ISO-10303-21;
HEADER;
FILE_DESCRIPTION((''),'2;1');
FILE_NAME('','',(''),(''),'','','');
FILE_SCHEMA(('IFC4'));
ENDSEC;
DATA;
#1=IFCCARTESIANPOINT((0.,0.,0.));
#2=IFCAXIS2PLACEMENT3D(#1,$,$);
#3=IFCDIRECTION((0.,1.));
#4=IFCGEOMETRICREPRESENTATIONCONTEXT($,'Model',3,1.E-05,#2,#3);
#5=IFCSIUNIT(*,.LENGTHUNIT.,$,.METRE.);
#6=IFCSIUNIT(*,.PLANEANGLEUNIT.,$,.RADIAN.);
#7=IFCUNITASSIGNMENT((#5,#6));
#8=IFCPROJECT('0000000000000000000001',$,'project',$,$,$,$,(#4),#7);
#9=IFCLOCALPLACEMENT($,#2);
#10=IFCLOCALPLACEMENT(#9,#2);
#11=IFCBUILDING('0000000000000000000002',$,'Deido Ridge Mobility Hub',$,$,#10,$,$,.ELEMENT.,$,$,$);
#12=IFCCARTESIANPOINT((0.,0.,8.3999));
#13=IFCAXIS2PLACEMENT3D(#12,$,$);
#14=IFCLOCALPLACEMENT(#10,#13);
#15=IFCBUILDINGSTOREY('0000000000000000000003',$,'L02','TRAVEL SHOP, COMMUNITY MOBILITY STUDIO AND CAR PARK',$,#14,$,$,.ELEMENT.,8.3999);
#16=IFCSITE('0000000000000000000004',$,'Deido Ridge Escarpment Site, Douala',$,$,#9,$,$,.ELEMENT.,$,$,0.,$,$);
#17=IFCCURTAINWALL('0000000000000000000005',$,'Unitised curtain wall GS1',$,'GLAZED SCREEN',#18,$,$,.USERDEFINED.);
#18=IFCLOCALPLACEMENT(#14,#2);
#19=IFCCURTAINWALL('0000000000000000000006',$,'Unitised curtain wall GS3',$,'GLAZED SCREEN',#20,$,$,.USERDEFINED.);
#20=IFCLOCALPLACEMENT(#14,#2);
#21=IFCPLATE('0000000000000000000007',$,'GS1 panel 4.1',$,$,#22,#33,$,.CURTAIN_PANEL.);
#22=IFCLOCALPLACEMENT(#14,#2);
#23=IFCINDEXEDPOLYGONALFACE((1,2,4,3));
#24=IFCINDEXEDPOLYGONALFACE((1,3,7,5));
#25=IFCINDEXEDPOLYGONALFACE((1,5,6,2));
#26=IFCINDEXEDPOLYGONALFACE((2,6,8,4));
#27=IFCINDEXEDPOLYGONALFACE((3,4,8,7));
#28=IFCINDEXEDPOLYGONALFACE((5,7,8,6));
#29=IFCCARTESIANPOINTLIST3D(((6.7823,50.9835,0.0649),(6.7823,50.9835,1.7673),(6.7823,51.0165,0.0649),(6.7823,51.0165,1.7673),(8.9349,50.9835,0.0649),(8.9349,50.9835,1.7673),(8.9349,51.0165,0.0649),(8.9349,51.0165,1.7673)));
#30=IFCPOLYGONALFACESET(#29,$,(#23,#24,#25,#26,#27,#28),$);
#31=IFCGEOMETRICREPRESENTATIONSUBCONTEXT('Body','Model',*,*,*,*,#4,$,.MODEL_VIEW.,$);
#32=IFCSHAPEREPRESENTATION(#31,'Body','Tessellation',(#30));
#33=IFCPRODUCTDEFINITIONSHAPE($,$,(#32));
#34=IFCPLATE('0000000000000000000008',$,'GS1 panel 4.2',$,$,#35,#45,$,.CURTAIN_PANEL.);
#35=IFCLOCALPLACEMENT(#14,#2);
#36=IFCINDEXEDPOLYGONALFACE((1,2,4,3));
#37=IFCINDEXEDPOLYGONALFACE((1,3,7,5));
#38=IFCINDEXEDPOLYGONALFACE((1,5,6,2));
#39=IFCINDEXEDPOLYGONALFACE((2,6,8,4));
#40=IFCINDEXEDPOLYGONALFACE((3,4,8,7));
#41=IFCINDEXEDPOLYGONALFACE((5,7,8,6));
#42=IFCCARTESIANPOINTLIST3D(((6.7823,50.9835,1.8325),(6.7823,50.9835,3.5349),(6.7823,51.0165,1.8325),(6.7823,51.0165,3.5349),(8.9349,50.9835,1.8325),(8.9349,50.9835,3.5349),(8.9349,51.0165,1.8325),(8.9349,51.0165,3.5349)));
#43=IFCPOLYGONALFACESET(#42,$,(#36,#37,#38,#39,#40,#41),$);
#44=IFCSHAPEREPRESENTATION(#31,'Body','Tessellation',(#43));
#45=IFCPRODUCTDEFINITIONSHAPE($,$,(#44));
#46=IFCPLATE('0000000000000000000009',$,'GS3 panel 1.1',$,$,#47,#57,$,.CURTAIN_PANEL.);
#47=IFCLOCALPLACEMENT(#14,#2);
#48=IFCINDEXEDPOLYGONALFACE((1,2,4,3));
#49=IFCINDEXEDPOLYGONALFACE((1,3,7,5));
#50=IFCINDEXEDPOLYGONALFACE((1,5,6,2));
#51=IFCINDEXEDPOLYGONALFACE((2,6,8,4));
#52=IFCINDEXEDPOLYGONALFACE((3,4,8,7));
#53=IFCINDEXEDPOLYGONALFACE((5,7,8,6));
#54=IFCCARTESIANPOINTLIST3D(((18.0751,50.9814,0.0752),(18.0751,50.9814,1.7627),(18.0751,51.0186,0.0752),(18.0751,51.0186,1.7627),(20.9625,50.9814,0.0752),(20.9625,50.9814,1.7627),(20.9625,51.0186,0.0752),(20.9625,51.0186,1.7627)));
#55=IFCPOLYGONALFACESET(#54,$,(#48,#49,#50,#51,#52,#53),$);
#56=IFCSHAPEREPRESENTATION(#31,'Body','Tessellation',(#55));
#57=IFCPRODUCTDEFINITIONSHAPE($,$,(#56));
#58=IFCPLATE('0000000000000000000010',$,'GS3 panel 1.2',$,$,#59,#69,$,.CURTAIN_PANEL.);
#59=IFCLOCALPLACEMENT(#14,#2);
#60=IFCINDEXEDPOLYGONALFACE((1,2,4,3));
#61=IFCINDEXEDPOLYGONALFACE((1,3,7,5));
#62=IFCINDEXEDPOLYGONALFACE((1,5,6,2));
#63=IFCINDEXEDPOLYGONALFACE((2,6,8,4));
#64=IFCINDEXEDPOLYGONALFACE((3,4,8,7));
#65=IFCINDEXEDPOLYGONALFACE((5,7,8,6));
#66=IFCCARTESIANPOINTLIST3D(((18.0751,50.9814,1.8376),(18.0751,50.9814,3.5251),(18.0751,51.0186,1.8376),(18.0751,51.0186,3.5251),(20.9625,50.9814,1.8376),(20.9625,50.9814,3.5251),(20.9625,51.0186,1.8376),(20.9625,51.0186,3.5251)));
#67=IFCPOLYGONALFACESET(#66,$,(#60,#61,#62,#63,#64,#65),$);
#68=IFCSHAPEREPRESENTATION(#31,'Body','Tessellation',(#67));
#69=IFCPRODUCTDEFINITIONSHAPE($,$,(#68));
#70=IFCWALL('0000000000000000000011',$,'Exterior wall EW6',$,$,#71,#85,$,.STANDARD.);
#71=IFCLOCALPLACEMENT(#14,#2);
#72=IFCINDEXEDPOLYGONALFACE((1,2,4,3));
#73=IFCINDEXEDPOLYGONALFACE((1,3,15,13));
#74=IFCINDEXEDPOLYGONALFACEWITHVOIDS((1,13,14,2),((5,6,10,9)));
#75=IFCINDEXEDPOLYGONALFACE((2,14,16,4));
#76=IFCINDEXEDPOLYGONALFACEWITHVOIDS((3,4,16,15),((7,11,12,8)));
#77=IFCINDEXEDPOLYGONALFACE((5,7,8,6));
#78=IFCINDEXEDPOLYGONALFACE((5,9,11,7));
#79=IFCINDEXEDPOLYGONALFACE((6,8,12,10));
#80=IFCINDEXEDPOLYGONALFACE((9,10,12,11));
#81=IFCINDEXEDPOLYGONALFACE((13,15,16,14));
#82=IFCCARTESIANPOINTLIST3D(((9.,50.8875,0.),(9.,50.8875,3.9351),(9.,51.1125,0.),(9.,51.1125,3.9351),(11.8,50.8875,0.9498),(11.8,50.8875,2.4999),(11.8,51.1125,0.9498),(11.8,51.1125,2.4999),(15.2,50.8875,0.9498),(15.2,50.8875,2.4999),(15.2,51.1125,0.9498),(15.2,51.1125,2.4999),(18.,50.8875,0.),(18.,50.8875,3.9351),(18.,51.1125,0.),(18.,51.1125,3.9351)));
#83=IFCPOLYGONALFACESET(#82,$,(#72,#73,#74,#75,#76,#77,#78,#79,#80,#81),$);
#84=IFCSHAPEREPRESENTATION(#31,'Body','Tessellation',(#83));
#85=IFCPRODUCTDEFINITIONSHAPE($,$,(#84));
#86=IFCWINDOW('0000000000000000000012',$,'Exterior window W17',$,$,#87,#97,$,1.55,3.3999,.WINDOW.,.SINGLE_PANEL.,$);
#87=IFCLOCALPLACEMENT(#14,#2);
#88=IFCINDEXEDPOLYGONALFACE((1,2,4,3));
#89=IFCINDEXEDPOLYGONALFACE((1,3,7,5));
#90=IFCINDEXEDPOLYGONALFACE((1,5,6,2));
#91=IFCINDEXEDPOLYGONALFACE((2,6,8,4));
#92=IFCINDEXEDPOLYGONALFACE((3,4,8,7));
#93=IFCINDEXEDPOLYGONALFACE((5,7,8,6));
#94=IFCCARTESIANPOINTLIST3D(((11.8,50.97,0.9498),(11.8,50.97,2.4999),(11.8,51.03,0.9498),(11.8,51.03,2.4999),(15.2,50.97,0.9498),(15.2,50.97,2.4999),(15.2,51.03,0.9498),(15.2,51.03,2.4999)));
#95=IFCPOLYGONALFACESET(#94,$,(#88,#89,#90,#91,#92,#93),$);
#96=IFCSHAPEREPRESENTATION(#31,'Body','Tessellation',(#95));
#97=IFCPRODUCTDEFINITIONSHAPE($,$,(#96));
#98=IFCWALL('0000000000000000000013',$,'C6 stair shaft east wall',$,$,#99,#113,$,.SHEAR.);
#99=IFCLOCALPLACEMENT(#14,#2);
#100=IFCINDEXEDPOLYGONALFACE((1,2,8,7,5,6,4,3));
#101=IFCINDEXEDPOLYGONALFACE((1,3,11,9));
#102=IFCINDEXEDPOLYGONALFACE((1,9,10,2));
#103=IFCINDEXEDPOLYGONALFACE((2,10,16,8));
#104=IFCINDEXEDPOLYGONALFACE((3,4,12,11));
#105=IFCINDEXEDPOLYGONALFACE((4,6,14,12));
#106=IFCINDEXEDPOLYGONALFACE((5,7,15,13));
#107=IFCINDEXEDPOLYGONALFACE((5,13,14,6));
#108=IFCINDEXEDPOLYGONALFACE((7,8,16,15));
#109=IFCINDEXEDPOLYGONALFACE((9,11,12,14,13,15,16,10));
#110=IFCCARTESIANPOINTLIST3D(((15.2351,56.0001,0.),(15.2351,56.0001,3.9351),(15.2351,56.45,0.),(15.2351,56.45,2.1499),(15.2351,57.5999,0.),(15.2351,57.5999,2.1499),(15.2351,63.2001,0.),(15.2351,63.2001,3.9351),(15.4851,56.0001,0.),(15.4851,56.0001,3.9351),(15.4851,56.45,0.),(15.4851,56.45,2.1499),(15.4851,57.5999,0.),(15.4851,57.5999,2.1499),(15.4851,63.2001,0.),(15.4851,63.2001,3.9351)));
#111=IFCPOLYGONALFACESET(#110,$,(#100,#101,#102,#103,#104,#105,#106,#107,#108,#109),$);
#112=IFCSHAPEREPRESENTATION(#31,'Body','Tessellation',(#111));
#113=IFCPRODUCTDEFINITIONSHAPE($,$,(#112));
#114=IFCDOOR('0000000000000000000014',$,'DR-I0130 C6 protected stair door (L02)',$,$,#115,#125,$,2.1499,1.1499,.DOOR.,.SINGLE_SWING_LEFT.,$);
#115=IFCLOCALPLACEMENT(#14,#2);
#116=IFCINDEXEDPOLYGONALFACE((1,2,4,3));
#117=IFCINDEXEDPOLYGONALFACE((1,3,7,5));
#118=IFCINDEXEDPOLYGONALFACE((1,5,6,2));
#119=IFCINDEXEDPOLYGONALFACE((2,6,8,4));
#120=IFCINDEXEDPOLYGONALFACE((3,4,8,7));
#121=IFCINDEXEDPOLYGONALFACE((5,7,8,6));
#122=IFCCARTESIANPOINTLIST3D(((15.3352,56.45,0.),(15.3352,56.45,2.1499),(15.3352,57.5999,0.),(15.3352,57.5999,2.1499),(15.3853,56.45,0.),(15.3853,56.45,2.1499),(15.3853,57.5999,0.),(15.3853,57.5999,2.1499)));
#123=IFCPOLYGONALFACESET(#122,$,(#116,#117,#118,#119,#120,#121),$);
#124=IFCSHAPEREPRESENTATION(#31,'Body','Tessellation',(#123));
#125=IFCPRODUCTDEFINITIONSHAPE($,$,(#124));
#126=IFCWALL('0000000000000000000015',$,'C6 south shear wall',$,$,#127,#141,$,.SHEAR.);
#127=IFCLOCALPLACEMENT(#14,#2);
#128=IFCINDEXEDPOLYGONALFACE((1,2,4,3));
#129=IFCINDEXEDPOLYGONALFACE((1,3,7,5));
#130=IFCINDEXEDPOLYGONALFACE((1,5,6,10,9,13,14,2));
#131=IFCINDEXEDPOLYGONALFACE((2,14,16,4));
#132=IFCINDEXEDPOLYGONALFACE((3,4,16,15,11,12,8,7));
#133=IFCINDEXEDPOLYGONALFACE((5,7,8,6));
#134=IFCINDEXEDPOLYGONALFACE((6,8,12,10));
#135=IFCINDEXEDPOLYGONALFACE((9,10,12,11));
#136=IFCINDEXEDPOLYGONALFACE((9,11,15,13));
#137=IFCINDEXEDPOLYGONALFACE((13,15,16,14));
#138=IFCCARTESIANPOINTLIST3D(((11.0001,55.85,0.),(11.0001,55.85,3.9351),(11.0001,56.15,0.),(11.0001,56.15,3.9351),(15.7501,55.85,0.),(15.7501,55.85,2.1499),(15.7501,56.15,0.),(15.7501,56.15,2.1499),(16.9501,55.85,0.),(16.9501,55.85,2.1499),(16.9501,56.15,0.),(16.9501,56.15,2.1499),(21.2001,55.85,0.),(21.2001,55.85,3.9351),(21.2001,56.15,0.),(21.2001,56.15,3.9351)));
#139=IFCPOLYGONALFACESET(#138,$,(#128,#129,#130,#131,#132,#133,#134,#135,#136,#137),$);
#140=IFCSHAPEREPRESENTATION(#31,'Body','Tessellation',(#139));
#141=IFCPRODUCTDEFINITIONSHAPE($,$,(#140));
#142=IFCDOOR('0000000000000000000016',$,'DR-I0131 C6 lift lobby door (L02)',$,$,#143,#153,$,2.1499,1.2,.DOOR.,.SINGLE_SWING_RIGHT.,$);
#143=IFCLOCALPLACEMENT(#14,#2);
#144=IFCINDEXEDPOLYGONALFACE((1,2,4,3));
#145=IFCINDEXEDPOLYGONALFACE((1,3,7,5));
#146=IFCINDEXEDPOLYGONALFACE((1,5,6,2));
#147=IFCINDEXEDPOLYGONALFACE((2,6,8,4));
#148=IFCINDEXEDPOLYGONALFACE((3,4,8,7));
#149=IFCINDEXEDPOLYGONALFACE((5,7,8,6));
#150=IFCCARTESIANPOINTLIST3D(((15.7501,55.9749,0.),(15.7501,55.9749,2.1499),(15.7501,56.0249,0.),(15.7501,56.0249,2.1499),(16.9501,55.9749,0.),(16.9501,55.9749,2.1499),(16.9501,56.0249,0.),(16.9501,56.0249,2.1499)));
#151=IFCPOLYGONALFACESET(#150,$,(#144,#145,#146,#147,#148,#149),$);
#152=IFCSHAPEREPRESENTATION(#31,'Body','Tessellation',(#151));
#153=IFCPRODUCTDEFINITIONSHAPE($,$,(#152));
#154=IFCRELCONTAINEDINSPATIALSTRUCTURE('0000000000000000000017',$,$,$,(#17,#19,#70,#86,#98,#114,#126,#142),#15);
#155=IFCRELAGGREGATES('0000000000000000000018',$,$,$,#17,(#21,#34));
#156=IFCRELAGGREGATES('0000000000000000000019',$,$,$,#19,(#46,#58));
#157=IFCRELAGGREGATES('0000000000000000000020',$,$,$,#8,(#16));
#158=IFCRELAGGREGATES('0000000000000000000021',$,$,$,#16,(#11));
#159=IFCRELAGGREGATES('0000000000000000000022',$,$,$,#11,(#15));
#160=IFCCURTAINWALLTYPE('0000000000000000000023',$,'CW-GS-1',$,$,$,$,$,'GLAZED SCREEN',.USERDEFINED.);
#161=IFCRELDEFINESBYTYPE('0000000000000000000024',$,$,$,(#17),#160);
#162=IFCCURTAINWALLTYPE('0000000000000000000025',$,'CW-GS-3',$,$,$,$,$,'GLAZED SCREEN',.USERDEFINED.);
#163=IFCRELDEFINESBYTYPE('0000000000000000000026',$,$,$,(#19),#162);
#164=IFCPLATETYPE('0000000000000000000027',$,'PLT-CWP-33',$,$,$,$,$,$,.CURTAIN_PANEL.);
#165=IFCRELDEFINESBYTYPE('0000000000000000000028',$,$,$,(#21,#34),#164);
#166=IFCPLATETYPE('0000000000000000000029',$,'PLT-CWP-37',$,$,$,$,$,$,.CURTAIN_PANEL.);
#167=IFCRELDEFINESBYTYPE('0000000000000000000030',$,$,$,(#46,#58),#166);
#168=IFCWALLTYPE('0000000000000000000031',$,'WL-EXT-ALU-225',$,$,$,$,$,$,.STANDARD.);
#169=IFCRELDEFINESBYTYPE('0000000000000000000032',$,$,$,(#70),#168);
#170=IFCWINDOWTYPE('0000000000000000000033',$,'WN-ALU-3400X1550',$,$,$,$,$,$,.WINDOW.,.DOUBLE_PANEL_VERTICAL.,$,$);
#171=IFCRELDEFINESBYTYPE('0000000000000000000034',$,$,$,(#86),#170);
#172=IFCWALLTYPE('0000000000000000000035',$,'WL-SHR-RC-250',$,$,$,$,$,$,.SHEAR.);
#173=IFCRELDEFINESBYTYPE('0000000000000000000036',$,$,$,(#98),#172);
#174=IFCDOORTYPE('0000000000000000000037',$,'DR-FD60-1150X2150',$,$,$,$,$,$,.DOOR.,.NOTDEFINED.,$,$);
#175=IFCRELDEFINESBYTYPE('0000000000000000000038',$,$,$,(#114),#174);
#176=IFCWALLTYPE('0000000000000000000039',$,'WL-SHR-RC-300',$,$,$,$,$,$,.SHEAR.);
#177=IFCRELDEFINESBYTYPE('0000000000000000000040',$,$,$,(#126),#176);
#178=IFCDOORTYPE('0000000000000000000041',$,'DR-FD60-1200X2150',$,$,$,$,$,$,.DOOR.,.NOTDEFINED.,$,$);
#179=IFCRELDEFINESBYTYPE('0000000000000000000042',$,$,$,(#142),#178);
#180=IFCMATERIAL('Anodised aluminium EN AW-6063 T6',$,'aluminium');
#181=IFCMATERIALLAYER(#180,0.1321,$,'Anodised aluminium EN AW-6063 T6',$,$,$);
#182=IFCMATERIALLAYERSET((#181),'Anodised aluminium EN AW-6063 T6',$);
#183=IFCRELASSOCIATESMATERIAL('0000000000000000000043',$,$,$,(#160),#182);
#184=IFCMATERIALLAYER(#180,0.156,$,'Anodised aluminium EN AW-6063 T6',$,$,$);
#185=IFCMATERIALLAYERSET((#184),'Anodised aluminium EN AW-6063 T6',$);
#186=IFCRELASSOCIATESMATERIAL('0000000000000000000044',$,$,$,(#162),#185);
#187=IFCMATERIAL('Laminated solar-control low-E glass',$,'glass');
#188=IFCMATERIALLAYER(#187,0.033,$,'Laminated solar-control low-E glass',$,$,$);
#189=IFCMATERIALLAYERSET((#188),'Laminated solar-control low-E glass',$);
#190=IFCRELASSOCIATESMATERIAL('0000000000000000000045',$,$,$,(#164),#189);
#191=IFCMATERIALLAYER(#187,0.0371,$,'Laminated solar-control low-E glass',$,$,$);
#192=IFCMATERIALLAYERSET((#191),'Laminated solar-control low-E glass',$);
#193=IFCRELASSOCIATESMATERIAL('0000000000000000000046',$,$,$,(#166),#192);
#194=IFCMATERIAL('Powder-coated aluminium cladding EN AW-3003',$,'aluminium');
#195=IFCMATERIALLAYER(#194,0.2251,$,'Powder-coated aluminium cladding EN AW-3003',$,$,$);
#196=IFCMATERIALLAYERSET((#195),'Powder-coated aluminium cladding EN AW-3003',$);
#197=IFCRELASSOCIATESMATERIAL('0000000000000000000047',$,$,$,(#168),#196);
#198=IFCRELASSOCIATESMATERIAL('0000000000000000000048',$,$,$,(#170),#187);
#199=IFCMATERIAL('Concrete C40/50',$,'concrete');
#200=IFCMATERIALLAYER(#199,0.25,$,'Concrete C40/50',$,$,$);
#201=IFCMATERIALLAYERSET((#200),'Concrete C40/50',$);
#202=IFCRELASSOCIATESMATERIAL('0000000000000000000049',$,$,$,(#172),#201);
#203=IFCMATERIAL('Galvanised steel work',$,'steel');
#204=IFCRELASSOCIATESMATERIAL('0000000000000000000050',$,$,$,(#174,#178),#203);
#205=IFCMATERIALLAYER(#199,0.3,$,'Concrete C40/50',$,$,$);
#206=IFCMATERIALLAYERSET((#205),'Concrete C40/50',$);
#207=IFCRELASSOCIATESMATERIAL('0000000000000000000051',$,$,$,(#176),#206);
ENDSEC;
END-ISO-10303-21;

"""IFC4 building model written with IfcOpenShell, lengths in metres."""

from ifc_helpers import new_model, si_unit, direction, frame, frame_2d, origin, origin_2d, place, context, subcontext, project, spatial, rectangle, extrude, material, layer, layer_set, type_object, element, fill, aggregate, save


model = new_model("IFC4")

# Units and contexts
model_context = context("Model", 3, precision=1e-05, world=origin(), true_north=direction((0.0, 1.0)))
body_context = subcontext(model_context, "Body", "Model", "MODEL_VIEW")
ifc_project = project(units=[si_unit("LENGTHUNIT", "METRE"), si_unit("PLANEANGLEUNIT", "RADIAN")], contexts=[model_context])

# Site, building, storey
site_placement = place(None, origin())
site = spatial("IfcSite", under=ifc_project, at=site_placement, Name="Deido Ridge Escarpment Site, Douala", CompositionType="ELEMENT", RefElevation=0.0)
building_placement = place(site_placement, origin())
building = spatial("IfcBuilding", under=site, at=building_placement, Name="Deido Ridge Mobility Hub", CompositionType="ELEMENT")
storey_placement = place(building_placement, frame((0.0, 0.0, 8.3999)))
storey = spatial("IfcBuildingStorey", under=building, at=storey_placement, Name="L02", Description="TRAVEL SHOP, COMMUNITY MOBILITY STUDIO AND CAR PARK", CompositionType="ELEMENT", Elevation=8.3999)

# Curtain walls
ifc_material_1 = material(Name="Anodised aluminium EN AW-6063 T6", Category="aluminium")
ifc_layer_1 = layer(ifc_material_1, 0.1321, Name="Anodised aluminium EN AW-6063 T6")
ifc_layer_set_1 = layer_set([ifc_layer_1], Name="Anodised aluminium EN AW-6063 T6")
curtain_wall_type_1 = type_object("IfcCurtainWallType", Name="CW-GS-1", ElementType="GLAZED SCREEN", PredefinedType="USERDEFINED", material=ifc_layer_set_1)
curtain_wall_1_placement = place(storey_placement, origin())
curtain_wall_1 = element("IfcCurtainWall", 1, at=curtain_wall_1_placement, inside=storey, type_object=curtain_wall_type_1, Name="Unitised curtain wall GS1", ObjectType="GLAZED SCREEN", PredefinedType="USERDEFINED")
ifc_layer_2 = layer(ifc_material_1, 0.156, Name="Anodised aluminium EN AW-6063 T6")
ifc_layer_set_2 = layer_set([ifc_layer_2], Name="Anodised aluminium EN AW-6063 T6")
curtain_wall_type_2 = type_object("IfcCurtainWallType", Name="CW-GS-3", ElementType="GLAZED SCREEN", PredefinedType="USERDEFINED", material=ifc_layer_set_2)
curtain_wall_2_placement = place(storey_placement, origin())
curtain_wall_2 = element("IfcCurtainWall", 2, at=curtain_wall_2_placement, inside=storey, type_object=curtain_wall_type_2, Name="Unitised curtain wall GS3", ObjectType="GLAZED SCREEN", PredefinedType="USERDEFINED")

# Plates
ifc_material_2 = material(Name="Laminated solar-control low-E glass", Category="glass")
ifc_layer_3 = layer(ifc_material_2, 0.033, Name="Laminated solar-control low-E glass")
ifc_layer_set_3 = layer_set([ifc_layer_3], Name="Laminated solar-control low-E glass")
plate_type_1 = type_object("IfcPlateType", Name="PLT-CWP-33", PredefinedType="CURTAIN_PANEL", material=ifc_layer_set_3)
plate_1_placement = place(storey_placement, frame((7.8586, 51.0, 0.0649), z_axis=(0.0, 0.0, 1.0), x_axis=(1.0, 0.0, 0.0)))
plate_1 = element("IfcPlate", 3, at=plate_1_placement, type_object=plate_type_1, Name="GS1 panel 4.1", PredefinedType="CURTAIN_PANEL", context=body_context, shape_type="SweptSolid", body=[
    extrude(rectangle(XDim=2.1526, YDim=0.033, at=origin_2d()), origin(), (0.0, 0.0, 1.0), 1.7024),
])
plate_2_placement = place(storey_placement, frame((7.8586, 51.0, 1.8325), z_axis=(0.0, 0.0, 1.0), x_axis=(1.0, 0.0, 0.0)))
plate_2 = element("IfcPlate", 4, at=plate_2_placement, type_object=plate_type_1, Name="GS1 panel 4.2", PredefinedType="CURTAIN_PANEL", context=body_context, shape_type="SweptSolid", body=[
    extrude(rectangle(XDim=2.1526, YDim=0.033, at=origin_2d()), origin(), (0.0, 0.0, 1.0), 1.7024),
])
aggregate(curtain_wall_1, [plate_1, plate_2])
ifc_layer_4 = layer(ifc_material_2, 0.0371, Name="Laminated solar-control low-E glass")
ifc_layer_set_4 = layer_set([ifc_layer_4], Name="Laminated solar-control low-E glass")
plate_type_2 = type_object("IfcPlateType", Name="PLT-CWP-37", PredefinedType="CURTAIN_PANEL", material=ifc_layer_set_4)
plate_3_placement = place(storey_placement, frame((19.5188, 51.0, 0.0752), z_axis=(0.0, 0.0, 1.0), x_axis=(1.0, 0.0, 0.0)))
plate_3 = element("IfcPlate", 5, at=plate_3_placement, type_object=plate_type_2, Name="GS3 panel 1.1", PredefinedType="CURTAIN_PANEL", context=body_context, shape_type="SweptSolid", body=[
    extrude(rectangle(XDim=2.8875, YDim=0.0371, at=origin_2d()), origin(), (0.0, 0.0, 1.0), 1.6875),
])
plate_4_placement = place(storey_placement, frame((19.5188, 51.0, 1.8376), z_axis=(0.0, 0.0, 1.0), x_axis=(1.0, 0.0, 0.0)))
plate_4 = element("IfcPlate", 6, at=plate_4_placement, type_object=plate_type_2, Name="GS3 panel 1.2", PredefinedType="CURTAIN_PANEL", context=body_context, shape_type="SweptSolid", body=[
    extrude(rectangle(XDim=2.8875, YDim=0.0371, at=origin_2d()), origin(), (0.0, 0.0, 1.0), 1.6875),
])
aggregate(curtain_wall_2, [plate_3, plate_4])

# Wall, opening, window
ifc_material_3 = material(Name="Powder-coated aluminium cladding EN AW-3003", Category="aluminium")
ifc_layer_5 = layer(ifc_material_3, 0.2251, Name="Powder-coated aluminium cladding EN AW-3003")
ifc_layer_set_5 = layer_set([ifc_layer_5], Name="Powder-coated aluminium cladding EN AW-3003")
wall_type_1 = type_object("IfcWallType", Name="WL-EXT-ALU-225", PredefinedType="STANDARD", material=ifc_layer_set_5)
wall_1_placement = place(storey_placement, frame((9.0, 51.0, 0.0), z_axis=(0.0, 0.0, 1.0), x_axis=(1.0, 0.0, 0.0)))
wall_1 = element("IfcWall", 7, at=wall_1_placement, inside=storey, type_object=wall_type_1, Name="Exterior wall EW6", PredefinedType="STANDARD", context=body_context, shape_type="SweptSolid", body=[
    extrude(rectangle(XDim=9.0, YDim=0.2251, at=frame_2d((4.5, 0.0))), origin(), (0.0, 0.0, 1.0), 3.9351),
])
opening_1_placement = place(wall_1_placement, frame((2.8, 0.0, 0.95)))
opening_1 = element("IfcOpeningElement", 8, at=opening_1_placement, cuts=wall_1, PredefinedType="OPENING", context=body_context, shape_type="SweptSolid", body=[
    extrude(rectangle(XDim=3.3999, YDim=1.55, at=frame_2d((1.7, 0.7749))), frame((0.0, 0.1226, 0.0), z_axis=(0.0, -1.0, 0.0), x_axis=(1.0, 0.0, 0.0)), (0.0, 0.0, 1.0), 0.2451),
])
window_type = type_object("IfcWindowType", Name="WN-ALU-3400X1550", PartitioningType="DOUBLE_PANEL_VERTICAL", PredefinedType="WINDOW", material=ifc_material_2)
window_placement = place(opening_1_placement, origin())
window = element("IfcWindow", 9, at=window_placement, inside=storey, type_object=window_type, Name="Exterior window W17", OverallHeight=1.55, OverallWidth=3.3999, PartitioningType="SINGLE_PANEL", PredefinedType="WINDOW", context=body_context, shape_type="SweptSolid", body=[
    extrude(rectangle(XDim=3.3999, YDim=1.55, at=frame_2d((1.7, 0.7749))), frame((0.0, 0.03, 0.0), z_axis=(0.0, -1.0, 0.0), x_axis=(1.0, 0.0, 0.0)), (0.0, 0.0, 1.0), 0.0601),
])
fill(opening_1, window)

# Walls, openings, doors
ifc_material_4 = material(Name="Concrete C40/50", Category="concrete")
ifc_layer_6 = layer(ifc_material_4, 0.25, Name="Concrete C40/50")
ifc_layer_set_6 = layer_set([ifc_layer_6], Name="Concrete C40/50")
wall_type_2 = type_object("IfcWallType", Name="WL-SHR-RC-250", PredefinedType="SHEAR", material=ifc_layer_set_6)
wall_2_placement = place(storey_placement, frame((15.3601, 56.0, 0.0), z_axis=(0.0, 0.0, 1.0), x_axis=(0.0, 1.0, 0.0)))
wall_2 = element("IfcWall", 10, at=wall_2_placement, inside=storey, type_object=wall_type_2, Name="C6 stair shaft east wall", PredefinedType="SHEAR", context=body_context, shape_type="SweptSolid", body=[
    extrude(rectangle(XDim=7.2, YDim=0.25, at=frame_2d((3.6001, 0.0))), origin(), (0.0, 0.0, 1.0), 3.9351),
])
opening_2_placement = place(wall_2_placement, frame((0.45, 0.0, 0.0)))
opening_2 = element("IfcOpeningElement", 11, at=opening_2_placement, cuts=wall_2, PredefinedType="OPENING", context=body_context, shape_type="SweptSolid", body=[
    extrude(rectangle(XDim=1.1499, YDim=2.1499, at=frame_2d((0.575, 1.075))), frame((0.0, 0.135, 0.0), z_axis=(0.0, -1.0, 0.0), x_axis=(1.0, 0.0, 0.0)), (0.0, 0.0, 1.0), 0.27),
])
ifc_material_5 = material(Name="Galvanised steel work", Category="steel")
door_type_1 = type_object("IfcDoorType", Name="DR-FD60-1150X2150", OperationType="NOTDEFINED", PredefinedType="DOOR", material=ifc_material_5)
door_1_placement = place(opening_2_placement, origin())
door_1 = element("IfcDoor", 12, at=door_1_placement, inside=storey, type_object=door_type_1, Name="DR-I0130 C6 protected stair door (L02)", OperationType="SINGLE_SWING_LEFT", OverallHeight=2.1499, OverallWidth=1.1499, PredefinedType="DOOR", context=body_context, shape_type="SweptSolid", body=[
    extrude(rectangle(XDim=1.1499, YDim=2.1499, at=frame_2d((0.575, 1.075))), frame((0.0, 0.0249, 0.0), z_axis=(0.0, -1.0, 0.0), x_axis=(1.0, 0.0, 0.0)), (0.0, 0.0, 1.0), 0.05),
])
fill(opening_2, door_1)
ifc_layer_7 = layer(ifc_material_4, 0.3, Name="Concrete C40/50")
ifc_layer_set_7 = layer_set([ifc_layer_7], Name="Concrete C40/50")
wall_type_3 = type_object("IfcWallType", Name="WL-SHR-RC-300", PredefinedType="SHEAR", material=ifc_layer_set_7)
wall_3_placement = place(storey_placement, frame((11.0, 56.0, 0.0), z_axis=(0.0, 0.0, 1.0), x_axis=(1.0, 0.0, 0.0)))
wall_3 = element("IfcWall", 13, at=wall_3_placement, inside=storey, type_object=wall_type_3, Name="C6 south shear wall", PredefinedType="SHEAR", context=body_context, shape_type="SweptSolid", body=[
    extrude(rectangle(XDim=10.2, YDim=0.3, at=frame_2d((5.1001, 0.0))), origin(), (0.0, 0.0, 1.0), 3.9351),
])
opening_3_placement = place(wall_3_placement, frame((4.75, 0.0, 0.0)))
opening_3 = element("IfcOpeningElement", 14, at=opening_3_placement, cuts=wall_3, PredefinedType="OPENING", context=body_context, shape_type="SweptSolid", body=[
    extrude(rectangle(XDim=1.2, YDim=2.1499, at=frame_2d((0.6001, 1.075))), frame((0.0, 0.1602, 0.0), z_axis=(0.0, -1.0, 0.0), x_axis=(1.0, 0.0, 0.0)), (0.0, 0.0, 1.0), 0.3201),
])
door_type_2 = type_object("IfcDoorType", Name="DR-FD60-1200X2150", OperationType="NOTDEFINED", PredefinedType="DOOR", material=ifc_material_5)
door_2_placement = place(opening_3_placement, origin())
door_2 = element("IfcDoor", 15, at=door_2_placement, inside=storey, type_object=door_type_2, Name="DR-I0131 C6 lift lobby door (L02)", OperationType="SINGLE_SWING_RIGHT", OverallHeight=2.1499, OverallWidth=1.2, PredefinedType="DOOR", context=body_context, shape_type="SweptSolid", body=[
    extrude(rectangle(XDim=1.2, YDim=2.1499, at=frame_2d((0.6001, 1.075))), frame((0.0, 0.0249, 0.0), z_axis=(0.0, -1.0, 0.0), x_axis=(1.0, 0.0, 0.0)), (0.0, 0.0, 1.0), 0.05),
])
fill(opening_3, door_2)

save(model, "model.ifc")
